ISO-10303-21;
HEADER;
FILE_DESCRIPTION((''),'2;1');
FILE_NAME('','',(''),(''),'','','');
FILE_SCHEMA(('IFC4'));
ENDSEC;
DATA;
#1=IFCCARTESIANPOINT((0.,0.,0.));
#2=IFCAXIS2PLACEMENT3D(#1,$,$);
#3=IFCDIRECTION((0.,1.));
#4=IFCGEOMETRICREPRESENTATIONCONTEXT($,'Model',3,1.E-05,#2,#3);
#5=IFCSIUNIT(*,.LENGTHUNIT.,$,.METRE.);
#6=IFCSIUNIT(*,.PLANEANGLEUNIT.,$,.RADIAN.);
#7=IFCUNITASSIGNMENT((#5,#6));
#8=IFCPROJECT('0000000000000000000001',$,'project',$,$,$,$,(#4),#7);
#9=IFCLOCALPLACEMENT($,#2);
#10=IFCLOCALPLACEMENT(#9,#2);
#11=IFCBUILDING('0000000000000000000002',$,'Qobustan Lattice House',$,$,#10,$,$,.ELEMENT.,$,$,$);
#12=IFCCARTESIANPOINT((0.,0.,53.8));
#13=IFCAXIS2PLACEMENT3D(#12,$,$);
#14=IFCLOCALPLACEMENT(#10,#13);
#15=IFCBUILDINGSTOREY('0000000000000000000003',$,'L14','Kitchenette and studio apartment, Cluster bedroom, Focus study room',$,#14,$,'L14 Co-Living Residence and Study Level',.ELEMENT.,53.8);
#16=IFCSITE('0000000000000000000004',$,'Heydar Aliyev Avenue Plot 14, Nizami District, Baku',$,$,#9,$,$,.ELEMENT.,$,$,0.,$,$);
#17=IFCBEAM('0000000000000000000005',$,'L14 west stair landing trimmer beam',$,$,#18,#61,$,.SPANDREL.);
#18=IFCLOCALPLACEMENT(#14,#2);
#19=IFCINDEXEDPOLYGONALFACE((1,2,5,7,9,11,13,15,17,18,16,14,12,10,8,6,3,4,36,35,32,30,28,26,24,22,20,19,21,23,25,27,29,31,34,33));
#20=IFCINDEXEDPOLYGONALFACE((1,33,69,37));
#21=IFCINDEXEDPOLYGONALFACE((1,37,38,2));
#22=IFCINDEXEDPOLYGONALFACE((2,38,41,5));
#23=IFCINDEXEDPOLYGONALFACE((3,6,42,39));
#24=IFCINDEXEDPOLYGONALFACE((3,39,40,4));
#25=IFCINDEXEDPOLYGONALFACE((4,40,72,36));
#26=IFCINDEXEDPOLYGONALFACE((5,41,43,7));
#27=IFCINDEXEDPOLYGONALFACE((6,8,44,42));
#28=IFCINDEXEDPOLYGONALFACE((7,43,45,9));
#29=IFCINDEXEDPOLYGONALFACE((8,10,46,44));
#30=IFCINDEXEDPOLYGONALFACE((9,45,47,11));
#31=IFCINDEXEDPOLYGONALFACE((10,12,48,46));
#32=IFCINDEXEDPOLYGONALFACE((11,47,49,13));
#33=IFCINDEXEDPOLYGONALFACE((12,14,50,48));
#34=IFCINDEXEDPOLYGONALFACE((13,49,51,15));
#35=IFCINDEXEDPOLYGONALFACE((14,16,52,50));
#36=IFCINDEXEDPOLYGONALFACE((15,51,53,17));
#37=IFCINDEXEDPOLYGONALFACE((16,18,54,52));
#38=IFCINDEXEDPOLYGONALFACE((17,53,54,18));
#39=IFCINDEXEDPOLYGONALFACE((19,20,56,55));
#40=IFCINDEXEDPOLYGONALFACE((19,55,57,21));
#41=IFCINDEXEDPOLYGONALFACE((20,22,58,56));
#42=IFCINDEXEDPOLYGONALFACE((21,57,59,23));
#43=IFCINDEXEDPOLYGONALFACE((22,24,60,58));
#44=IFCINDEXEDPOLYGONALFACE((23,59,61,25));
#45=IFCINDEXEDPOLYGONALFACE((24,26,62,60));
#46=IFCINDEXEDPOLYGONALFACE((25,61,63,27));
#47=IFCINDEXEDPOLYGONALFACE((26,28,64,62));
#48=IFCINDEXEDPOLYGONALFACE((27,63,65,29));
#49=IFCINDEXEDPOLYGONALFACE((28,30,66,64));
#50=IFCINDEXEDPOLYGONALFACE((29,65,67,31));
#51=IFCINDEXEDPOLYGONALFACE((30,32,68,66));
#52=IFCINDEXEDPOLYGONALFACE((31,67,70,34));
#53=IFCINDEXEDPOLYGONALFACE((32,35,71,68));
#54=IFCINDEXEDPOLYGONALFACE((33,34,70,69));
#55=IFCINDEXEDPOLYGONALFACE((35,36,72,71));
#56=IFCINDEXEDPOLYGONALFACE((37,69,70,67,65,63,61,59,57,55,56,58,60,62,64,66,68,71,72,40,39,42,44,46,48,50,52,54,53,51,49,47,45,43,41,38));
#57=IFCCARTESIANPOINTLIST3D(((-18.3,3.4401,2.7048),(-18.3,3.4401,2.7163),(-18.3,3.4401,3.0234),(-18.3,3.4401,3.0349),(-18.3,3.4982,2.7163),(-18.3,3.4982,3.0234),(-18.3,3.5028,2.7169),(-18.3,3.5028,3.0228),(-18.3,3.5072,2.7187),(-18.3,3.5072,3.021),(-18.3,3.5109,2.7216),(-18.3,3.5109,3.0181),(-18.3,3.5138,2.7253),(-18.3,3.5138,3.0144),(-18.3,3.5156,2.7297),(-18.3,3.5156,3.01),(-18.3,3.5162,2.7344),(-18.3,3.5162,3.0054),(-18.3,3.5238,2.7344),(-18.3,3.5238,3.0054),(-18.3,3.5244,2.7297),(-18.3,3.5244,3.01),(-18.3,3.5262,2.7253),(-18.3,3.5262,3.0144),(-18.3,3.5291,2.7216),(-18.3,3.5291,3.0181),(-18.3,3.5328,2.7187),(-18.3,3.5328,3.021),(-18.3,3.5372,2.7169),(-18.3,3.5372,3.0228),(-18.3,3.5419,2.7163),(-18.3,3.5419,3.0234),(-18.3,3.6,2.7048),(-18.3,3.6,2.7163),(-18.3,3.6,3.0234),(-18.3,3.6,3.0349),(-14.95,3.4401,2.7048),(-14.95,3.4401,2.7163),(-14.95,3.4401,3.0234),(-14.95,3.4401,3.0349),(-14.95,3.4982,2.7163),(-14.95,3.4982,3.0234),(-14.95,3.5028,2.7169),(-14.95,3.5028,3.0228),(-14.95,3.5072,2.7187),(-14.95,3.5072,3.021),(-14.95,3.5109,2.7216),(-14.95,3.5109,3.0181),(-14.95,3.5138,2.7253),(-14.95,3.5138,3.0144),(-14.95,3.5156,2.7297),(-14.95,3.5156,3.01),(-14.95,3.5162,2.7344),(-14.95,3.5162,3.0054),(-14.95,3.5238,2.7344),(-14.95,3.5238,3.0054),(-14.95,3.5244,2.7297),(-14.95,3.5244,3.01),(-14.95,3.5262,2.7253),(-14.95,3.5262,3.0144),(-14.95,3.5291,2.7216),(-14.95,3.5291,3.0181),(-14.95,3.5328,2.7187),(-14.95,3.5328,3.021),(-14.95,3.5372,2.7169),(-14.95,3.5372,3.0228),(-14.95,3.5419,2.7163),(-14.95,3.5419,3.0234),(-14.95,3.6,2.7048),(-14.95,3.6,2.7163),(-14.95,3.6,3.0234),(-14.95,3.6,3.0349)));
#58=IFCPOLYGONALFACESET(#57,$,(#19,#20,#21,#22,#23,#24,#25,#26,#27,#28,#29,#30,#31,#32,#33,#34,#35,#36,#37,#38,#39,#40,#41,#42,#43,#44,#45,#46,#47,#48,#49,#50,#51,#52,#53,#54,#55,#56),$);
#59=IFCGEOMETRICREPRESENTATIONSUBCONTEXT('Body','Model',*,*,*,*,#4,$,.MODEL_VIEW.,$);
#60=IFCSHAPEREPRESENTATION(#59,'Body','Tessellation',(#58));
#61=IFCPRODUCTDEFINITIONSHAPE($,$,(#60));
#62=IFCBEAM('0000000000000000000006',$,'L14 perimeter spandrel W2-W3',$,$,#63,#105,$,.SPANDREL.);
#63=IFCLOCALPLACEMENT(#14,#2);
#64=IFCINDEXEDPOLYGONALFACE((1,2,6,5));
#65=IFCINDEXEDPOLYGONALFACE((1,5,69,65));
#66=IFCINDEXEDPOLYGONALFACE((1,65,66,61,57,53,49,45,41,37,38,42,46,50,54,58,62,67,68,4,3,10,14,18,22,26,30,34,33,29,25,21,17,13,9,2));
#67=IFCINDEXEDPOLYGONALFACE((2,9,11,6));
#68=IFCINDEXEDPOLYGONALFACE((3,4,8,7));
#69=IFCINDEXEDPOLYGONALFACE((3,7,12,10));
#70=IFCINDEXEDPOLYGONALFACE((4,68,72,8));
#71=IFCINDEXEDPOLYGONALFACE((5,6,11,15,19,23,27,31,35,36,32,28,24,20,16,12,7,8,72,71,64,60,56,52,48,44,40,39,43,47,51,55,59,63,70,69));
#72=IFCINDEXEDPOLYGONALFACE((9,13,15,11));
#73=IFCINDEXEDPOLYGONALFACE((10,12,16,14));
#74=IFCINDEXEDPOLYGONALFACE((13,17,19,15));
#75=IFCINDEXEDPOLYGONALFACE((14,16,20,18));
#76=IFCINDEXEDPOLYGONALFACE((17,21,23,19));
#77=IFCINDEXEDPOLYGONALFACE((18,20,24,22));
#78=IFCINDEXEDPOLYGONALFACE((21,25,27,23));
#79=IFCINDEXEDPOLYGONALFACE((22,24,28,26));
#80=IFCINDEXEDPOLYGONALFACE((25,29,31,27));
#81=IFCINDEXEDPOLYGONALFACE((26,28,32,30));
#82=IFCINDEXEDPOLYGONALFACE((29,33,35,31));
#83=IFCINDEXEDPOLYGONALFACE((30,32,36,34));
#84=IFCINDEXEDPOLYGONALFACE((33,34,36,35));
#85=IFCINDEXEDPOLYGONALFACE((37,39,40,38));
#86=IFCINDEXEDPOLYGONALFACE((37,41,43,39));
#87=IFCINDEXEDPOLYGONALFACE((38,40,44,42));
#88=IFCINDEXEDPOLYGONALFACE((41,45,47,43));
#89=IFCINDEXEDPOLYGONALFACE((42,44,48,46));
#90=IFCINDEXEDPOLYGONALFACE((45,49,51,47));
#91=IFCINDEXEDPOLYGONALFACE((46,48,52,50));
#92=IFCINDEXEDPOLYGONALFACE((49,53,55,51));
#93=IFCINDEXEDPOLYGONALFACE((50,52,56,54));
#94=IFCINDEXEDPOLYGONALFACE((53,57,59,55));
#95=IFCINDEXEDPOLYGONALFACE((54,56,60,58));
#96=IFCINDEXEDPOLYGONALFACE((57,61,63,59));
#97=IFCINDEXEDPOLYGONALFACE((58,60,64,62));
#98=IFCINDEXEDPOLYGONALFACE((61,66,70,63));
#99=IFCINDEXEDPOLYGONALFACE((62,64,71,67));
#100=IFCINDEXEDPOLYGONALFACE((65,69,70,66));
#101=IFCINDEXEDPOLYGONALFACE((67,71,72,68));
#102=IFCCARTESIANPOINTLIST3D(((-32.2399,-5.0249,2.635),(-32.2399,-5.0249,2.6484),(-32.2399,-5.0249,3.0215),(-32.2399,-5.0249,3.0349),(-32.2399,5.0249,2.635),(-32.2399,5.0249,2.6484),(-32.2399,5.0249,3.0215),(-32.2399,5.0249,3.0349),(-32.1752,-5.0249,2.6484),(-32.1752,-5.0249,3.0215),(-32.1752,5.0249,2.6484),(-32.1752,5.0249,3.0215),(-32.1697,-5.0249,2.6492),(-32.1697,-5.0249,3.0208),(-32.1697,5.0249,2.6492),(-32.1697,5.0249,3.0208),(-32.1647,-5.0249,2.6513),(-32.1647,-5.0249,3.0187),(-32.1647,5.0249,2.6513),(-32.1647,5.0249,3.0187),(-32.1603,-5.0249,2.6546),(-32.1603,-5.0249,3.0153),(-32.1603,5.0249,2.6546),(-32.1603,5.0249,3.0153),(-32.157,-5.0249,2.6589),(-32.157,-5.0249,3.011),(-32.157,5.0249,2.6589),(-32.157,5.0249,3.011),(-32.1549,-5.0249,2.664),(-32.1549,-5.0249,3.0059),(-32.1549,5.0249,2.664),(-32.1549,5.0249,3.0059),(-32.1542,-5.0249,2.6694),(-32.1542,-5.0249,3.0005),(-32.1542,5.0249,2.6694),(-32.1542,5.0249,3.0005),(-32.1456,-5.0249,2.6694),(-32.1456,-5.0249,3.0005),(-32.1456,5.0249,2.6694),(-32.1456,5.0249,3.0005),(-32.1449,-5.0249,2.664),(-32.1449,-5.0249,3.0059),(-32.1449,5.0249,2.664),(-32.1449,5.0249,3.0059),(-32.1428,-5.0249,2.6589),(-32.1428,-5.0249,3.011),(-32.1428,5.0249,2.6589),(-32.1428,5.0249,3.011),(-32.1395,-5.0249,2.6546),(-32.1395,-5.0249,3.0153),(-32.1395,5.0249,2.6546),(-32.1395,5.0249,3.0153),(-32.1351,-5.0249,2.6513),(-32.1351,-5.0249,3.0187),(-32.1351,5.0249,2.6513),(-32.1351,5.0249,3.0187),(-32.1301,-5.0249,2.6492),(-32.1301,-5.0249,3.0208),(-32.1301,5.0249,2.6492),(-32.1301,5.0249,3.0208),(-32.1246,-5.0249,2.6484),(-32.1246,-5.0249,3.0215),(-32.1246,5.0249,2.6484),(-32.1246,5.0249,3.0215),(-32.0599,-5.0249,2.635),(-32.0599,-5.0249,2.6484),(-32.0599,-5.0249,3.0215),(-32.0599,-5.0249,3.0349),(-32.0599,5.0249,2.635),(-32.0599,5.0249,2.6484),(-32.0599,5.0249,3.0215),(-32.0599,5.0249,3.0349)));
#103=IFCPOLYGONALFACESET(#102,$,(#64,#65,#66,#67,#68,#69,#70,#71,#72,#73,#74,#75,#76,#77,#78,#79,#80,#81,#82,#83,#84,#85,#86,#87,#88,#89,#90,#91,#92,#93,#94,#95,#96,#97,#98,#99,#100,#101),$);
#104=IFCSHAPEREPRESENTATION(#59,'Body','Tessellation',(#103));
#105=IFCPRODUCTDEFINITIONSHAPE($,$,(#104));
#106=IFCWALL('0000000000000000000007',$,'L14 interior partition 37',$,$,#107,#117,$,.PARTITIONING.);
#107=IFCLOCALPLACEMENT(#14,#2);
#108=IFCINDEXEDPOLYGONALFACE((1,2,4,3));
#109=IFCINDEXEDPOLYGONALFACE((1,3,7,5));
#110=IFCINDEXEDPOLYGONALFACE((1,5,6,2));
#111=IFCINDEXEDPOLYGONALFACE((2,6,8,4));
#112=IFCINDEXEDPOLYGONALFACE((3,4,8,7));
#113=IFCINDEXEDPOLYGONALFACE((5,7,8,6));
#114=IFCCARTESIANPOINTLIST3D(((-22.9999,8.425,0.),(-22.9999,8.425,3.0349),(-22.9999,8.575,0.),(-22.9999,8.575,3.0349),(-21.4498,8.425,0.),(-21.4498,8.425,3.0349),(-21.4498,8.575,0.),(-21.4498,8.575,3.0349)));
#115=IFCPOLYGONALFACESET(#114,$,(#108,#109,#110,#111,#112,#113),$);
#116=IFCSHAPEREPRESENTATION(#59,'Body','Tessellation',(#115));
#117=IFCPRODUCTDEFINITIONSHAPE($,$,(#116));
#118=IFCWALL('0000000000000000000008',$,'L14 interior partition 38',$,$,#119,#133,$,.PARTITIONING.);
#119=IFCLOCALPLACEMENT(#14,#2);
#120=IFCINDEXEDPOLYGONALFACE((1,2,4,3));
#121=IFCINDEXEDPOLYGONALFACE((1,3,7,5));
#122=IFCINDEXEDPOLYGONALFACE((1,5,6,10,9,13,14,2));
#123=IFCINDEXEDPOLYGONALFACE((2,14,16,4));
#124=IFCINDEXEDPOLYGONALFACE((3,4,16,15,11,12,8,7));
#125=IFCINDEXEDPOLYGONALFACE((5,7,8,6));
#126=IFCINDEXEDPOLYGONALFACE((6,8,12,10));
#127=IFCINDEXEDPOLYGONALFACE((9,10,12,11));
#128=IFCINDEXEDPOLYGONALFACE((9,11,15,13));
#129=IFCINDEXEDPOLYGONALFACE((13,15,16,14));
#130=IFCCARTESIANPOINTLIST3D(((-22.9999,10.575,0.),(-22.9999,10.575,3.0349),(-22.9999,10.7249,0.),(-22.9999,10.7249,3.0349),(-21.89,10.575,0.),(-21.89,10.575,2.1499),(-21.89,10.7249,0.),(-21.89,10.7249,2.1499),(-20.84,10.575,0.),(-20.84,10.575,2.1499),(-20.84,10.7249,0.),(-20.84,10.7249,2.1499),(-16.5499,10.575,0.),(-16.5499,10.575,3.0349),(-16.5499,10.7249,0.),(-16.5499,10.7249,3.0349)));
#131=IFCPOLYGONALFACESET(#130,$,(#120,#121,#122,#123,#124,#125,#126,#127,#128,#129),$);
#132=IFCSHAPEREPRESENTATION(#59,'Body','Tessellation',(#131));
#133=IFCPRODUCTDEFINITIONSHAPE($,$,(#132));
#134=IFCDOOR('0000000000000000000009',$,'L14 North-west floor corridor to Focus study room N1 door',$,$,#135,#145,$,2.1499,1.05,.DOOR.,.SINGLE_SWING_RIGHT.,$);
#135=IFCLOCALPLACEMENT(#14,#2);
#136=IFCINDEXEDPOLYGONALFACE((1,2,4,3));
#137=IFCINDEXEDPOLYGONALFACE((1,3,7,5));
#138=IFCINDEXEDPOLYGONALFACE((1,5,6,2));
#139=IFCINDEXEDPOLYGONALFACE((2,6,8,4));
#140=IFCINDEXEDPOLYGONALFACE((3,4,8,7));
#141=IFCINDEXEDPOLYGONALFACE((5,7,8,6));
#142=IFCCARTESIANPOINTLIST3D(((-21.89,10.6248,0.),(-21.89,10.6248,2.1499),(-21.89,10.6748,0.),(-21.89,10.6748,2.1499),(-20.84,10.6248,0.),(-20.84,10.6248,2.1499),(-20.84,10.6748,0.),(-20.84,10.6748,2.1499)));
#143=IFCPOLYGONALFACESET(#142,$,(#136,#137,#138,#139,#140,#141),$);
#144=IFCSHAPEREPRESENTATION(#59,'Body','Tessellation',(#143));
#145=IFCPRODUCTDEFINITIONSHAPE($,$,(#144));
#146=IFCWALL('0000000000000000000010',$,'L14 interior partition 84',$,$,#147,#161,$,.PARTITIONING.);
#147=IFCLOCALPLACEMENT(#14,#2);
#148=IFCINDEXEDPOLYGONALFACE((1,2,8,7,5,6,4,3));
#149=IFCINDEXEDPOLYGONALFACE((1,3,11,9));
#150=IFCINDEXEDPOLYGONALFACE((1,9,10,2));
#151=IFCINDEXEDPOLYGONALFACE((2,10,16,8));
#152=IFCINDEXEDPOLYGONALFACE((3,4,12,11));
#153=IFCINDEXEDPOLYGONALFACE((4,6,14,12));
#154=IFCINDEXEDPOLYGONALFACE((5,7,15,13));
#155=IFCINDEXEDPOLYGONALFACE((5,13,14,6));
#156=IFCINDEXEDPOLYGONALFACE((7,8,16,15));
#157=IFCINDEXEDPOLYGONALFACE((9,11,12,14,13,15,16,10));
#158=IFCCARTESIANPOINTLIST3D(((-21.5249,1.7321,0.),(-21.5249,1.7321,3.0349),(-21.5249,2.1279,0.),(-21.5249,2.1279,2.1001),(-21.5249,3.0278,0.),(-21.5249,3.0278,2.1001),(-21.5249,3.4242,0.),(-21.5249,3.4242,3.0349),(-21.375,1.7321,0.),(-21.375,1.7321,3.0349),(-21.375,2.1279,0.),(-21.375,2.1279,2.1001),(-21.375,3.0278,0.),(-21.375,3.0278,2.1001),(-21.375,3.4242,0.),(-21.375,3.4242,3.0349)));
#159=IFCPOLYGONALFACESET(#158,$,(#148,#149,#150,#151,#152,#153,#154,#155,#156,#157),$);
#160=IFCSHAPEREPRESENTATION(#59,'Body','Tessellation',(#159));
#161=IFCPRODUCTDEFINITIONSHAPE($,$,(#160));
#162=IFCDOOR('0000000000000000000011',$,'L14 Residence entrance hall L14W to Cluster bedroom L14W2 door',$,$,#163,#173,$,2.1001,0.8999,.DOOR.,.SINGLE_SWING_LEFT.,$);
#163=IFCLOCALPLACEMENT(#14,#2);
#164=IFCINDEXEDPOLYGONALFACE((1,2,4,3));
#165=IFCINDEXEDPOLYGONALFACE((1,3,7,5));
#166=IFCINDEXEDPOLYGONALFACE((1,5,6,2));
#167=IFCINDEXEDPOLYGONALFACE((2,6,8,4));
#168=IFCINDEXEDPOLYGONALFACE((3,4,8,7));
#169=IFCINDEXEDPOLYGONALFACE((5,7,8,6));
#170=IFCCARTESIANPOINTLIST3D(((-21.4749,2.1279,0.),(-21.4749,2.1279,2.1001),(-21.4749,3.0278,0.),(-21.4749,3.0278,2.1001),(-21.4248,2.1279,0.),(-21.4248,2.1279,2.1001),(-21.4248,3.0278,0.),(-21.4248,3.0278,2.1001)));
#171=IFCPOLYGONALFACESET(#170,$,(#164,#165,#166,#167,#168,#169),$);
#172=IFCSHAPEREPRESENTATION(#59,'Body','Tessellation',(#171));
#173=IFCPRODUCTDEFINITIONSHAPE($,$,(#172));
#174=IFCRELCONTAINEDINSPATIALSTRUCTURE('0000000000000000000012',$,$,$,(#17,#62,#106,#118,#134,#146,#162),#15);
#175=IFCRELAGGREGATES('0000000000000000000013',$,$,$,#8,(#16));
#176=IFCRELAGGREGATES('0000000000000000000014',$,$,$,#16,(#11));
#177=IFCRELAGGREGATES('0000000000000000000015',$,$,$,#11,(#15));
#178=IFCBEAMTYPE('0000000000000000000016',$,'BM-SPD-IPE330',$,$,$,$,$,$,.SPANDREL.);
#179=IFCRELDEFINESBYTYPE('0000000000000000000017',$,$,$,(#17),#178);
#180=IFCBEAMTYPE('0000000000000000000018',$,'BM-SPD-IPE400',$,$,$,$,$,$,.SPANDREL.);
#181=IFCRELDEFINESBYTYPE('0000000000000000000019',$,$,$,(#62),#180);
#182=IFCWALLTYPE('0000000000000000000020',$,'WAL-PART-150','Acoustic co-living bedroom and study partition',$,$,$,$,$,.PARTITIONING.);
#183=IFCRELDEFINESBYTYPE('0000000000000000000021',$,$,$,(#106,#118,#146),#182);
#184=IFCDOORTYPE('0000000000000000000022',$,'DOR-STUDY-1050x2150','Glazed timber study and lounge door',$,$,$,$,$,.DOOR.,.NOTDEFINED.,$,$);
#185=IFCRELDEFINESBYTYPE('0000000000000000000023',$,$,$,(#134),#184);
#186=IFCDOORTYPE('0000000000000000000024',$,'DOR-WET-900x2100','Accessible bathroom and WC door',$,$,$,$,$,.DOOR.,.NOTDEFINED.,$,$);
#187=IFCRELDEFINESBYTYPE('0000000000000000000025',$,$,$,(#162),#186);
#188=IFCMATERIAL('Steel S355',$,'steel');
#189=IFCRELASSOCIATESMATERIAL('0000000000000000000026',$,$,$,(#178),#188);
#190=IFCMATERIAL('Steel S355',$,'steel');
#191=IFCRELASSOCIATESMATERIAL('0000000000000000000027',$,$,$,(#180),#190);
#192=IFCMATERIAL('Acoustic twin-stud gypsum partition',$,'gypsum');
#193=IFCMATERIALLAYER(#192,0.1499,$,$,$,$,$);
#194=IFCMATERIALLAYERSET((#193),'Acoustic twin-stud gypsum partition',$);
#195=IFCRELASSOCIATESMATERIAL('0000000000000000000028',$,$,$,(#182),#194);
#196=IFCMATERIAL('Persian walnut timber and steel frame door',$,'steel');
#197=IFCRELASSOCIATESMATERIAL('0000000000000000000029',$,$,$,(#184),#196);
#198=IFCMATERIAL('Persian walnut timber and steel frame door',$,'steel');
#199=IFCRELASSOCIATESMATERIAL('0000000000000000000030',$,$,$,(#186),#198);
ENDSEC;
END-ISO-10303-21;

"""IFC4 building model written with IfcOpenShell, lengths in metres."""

from ifc_helpers import new_model, si_unit, direction, frame, frame_2d, origin, origin_2d, place, context, subcontext, project, spatial, rectangle, i_section, extrude, material, layer, layer_set, material_profile, profile_set, type_object, element, fill, save


model = new_model("IFC4")

# Units and contexts
model_context = context("Model", 3, precision=1e-05, world=origin(), true_north=direction((0.0, 1.0)))
body_context = subcontext(model_context, "Body", "Model", "MODEL_VIEW")
ifc_project = project(units=[si_unit("LENGTHUNIT", "METRE"), si_unit("PLANEANGLEUNIT", "RADIAN")], contexts=[model_context])

# Site, building, storey
site_placement = place(None, origin())
site = spatial("IfcSite", under=ifc_project, at=site_placement, Name="Heydar Aliyev Avenue Plot 14, Nizami District, Baku", CompositionType="ELEMENT", RefElevation=0.0)
building_placement = place(site_placement, origin())
building = spatial("IfcBuilding", under=site, at=building_placement, Name="Qobustan Lattice House", CompositionType="ELEMENT")
storey_placement = place(building_placement, frame((0.0, 0.0, 53.8)))
storey = spatial("IfcBuildingStorey", under=building, at=storey_placement, Name="L14", Description="Kitchenette and studio apartment, Cluster bedroom, Focus study room", LongName="L14 Co-Living Residence and Study Level", CompositionType="ELEMENT", Elevation=53.8)

# Beams
ifc_material_1 = material(Name="Steel S355", Category="steel")
ifc_material_profile_1 = material_profile(ifc_material_1, i_section(OverallWidth=0.1599, OverallDepth=0.3301, WebThickness=0.0076, FlangeThickness=0.0115, FilletRadius=0.0181, at=origin_2d()), Name="IPE330")
ifc_profile_set_1 = profile_set([ifc_material_profile_1], Name="Steel S355")
beam_type_1 = type_object("IfcBeamType", Name="BM-SPD-IPE330", PredefinedType="SPANDREL", material=ifc_profile_set_1)
beam_1_placement = place(storey_placement, frame((-18.3, 3.52, 2.8699), z_axis=(1.0, 0.0, 0.0), x_axis=(0.0, 1.0, 0.0)))
element("IfcBeam", 1, at=beam_1_placement, inside=storey, type_object=beam_type_1, Name="L14 west stair landing trimmer beam", PredefinedType="SPANDREL", context=body_context, shape_type="SweptSolid", body=[
    extrude(i_section(OverallWidth=0.1599, OverallDepth=0.3301, WebThickness=0.0076, FlangeThickness=0.0115, FilletRadius=0.0181, at=origin_2d()), origin(), (0.0, 0.0, 1.0), 3.3501),
])
ifc_material_2 = material(Name="Steel S355", Category="steel")
ifc_material_profile_2 = material_profile(ifc_material_2, i_section(OverallWidth=0.1799, OverallDepth=0.3999, WebThickness=0.0085, FlangeThickness=0.0134, FilletRadius=0.021, at=origin_2d()), Name="IPE400")
ifc_profile_set_2 = profile_set([ifc_material_profile_2], Name="Steel S355")
beam_type_2 = type_object("IfcBeamType", Name="BM-SPD-IPE400", PredefinedType="SPANDREL", material=ifc_profile_set_2)
beam_2_placement = place(storey_placement, frame((-32.1499, 5.0249, 2.835), z_axis=(0.0, -1.0, 0.0), x_axis=(1.0, 0.0, 0.0)))
element("IfcBeam", 2, at=beam_2_placement, inside=storey, type_object=beam_type_2, Name="L14 perimeter spandrel W2-W3", PredefinedType="SPANDREL", context=body_context, shape_type="SweptSolid", body=[
    extrude(i_section(OverallWidth=0.1799, OverallDepth=0.3999, WebThickness=0.0085, FlangeThickness=0.0134, FilletRadius=0.021, at=origin_2d()), origin(), (0.0, 0.0, 1.0), 10.0498),
])

# Wall
ifc_material_3 = material(Name="Acoustic twin-stud gypsum partition", Category="gypsum")
ifc_layer_1 = layer(ifc_material_3, 0.1499)
ifc_layer_set_1 = layer_set([ifc_layer_1], Name="Acoustic twin-stud gypsum partition")
wall_type_1 = type_object("IfcWallType", Name="WAL-PART-150", Description="Acoustic co-living bedroom and study partition", PredefinedType="PARTITIONING", material=ifc_layer_set_1)
wall_1_placement = place(storey_placement, frame((-21.45, 8.5, 0.0), z_axis=(0.0, 0.0, 1.0), x_axis=(-1.0, 0.0, 0.0)))
element("IfcWall", 3, at=wall_1_placement, inside=storey, type_object=wall_type_1, Name="L14 interior partition 37", PredefinedType="PARTITIONING", context=body_context, shape_type="SweptSolid", body=[
    extrude(rectangle(XDim=1.55, YDim=0.1499, at=frame_2d((0.7749, 0.0))), origin(), (0.0, 0.0, 1.0), 3.0349),
])

# Walls, openings, doors
wall_2_placement = place(storey_placement, frame((-23.0, 10.6499, 0.0), z_axis=(0.0, 0.0, 1.0), x_axis=(1.0, 0.0, 0.0)))
wall_2 = element("IfcWall", 4, at=wall_2_placement, inside=storey, type_object=wall_type_1, Name="L14 interior partition 38", PredefinedType="PARTITIONING", context=body_context, shape_type="SweptSolid", body=[
    extrude(rectangle(XDim=6.45, YDim=0.1499, at=frame_2d((3.2251, 0.0))), origin(), (0.0, 0.0, 1.0), 3.0349),
])
opening_1_placement = place(wall_2_placement, frame((1.1101, 0.0, 0.0)))
opening_1 = element("IfcOpeningElement", 5, at=opening_1_placement, cuts=wall_2, PredefinedType="OPENING", context=body_context, shape_type="SweptSolid", body=[
    extrude(rectangle(XDim=1.05, YDim=2.1499, at=frame_2d((0.5249, 1.075))), frame((0.0, 0.085, 0.0), z_axis=(0.0, -1.0, 0.0), x_axis=(1.0, 0.0, 0.0)), (0.0, 0.0, 1.0), 0.1699),
])
ifc_material_4 = material(Name="Persian walnut timber and steel frame door", Category="steel")
door_type_1 = type_object("IfcDoorType", Name="DOR-STUDY-1050x2150", Description="Glazed timber study and lounge door", OperationType="NOTDEFINED", PredefinedType="DOOR", material=ifc_material_4)
door_1_placement = place(opening_1_placement, origin())
door_1 = element("IfcDoor", 6, at=door_1_placement, inside=storey, type_object=door_type_1, Name="L14 North-west floor corridor to Focus study room N1 door", OperationType="SINGLE_SWING_RIGHT", OverallHeight=2.1499, OverallWidth=1.05, PredefinedType="DOOR", context=body_context, shape_type="SweptSolid", body=[
    extrude(rectangle(XDim=1.05, YDim=2.1499, at=frame_2d((0.5249, 1.075))), frame((0.0, 0.0249, 0.0), z_axis=(0.0, -1.0, 0.0), x_axis=(1.0, 0.0, 0.0)), (0.0, 0.0, 1.0), 0.05),
])
fill(opening_1, door_1)
wall_3_placement = place(storey_placement, frame((-21.45, 1.7319, 0.0), z_axis=(0.0, 0.0, 1.0), x_axis=(0.0, 1.0, 0.0)))
wall_3 = element("IfcWall", 7, at=wall_3_placement, inside=storey, type_object=wall_type_1, Name="L14 interior partition 84", PredefinedType="PARTITIONING", context=body_context, shape_type="SweptSolid", body=[
    extrude(rectangle(XDim=1.6921, YDim=0.1499, at=frame_2d((0.8462, 0.0))), origin(), (0.0, 0.0, 1.0), 3.0349),
])
opening_2_placement = place(wall_3_placement, frame((0.396, 0.0, 0.0)))
opening_2 = element("IfcOpeningElement", 8, at=opening_2_placement, cuts=wall_3, PredefinedType="OPENING", context=body_context, shape_type="SweptSolid", body=[
    extrude(rectangle(XDim=0.8999, YDim=2.1001, at=frame_2d((0.45, 1.05))), frame((0.0, 0.085, 0.0), z_axis=(0.0, -1.0, 0.0), x_axis=(1.0, 0.0, 0.0)), (0.0, 0.0, 1.0), 0.1699),
])
ifc_material_5 = material(Name="Persian walnut timber and steel frame door", Category="steel")
door_type_2 = type_object("IfcDoorType", Name="DOR-WET-900x2100", Description="Accessible bathroom and WC door", OperationType="NOTDEFINED", PredefinedType="DOOR", material=ifc_material_5)
door_2_placement = place(opening_2_placement, origin())
door_2 = element("IfcDoor", 9, at=door_2_placement, inside=storey, type_object=door_type_2, Name="L14 Residence entrance hall L14W to Cluster bedroom L14W2 door", OperationType="SINGLE_SWING_LEFT", OverallHeight=2.1001, OverallWidth=0.8999, PredefinedType="DOOR", context=body_context, shape_type="SweptSolid", body=[
    extrude(rectangle(XDim=0.8999, YDim=2.1001, at=frame_2d((0.45, 1.05))), frame((0.0, 0.0249, 0.0), z_axis=(0.0, -1.0, 0.0), x_axis=(1.0, 0.0, 0.0)), (0.0, 0.0, 1.0), 0.05),
])
fill(opening_2, door_2)

save(model, "model.ifc")
